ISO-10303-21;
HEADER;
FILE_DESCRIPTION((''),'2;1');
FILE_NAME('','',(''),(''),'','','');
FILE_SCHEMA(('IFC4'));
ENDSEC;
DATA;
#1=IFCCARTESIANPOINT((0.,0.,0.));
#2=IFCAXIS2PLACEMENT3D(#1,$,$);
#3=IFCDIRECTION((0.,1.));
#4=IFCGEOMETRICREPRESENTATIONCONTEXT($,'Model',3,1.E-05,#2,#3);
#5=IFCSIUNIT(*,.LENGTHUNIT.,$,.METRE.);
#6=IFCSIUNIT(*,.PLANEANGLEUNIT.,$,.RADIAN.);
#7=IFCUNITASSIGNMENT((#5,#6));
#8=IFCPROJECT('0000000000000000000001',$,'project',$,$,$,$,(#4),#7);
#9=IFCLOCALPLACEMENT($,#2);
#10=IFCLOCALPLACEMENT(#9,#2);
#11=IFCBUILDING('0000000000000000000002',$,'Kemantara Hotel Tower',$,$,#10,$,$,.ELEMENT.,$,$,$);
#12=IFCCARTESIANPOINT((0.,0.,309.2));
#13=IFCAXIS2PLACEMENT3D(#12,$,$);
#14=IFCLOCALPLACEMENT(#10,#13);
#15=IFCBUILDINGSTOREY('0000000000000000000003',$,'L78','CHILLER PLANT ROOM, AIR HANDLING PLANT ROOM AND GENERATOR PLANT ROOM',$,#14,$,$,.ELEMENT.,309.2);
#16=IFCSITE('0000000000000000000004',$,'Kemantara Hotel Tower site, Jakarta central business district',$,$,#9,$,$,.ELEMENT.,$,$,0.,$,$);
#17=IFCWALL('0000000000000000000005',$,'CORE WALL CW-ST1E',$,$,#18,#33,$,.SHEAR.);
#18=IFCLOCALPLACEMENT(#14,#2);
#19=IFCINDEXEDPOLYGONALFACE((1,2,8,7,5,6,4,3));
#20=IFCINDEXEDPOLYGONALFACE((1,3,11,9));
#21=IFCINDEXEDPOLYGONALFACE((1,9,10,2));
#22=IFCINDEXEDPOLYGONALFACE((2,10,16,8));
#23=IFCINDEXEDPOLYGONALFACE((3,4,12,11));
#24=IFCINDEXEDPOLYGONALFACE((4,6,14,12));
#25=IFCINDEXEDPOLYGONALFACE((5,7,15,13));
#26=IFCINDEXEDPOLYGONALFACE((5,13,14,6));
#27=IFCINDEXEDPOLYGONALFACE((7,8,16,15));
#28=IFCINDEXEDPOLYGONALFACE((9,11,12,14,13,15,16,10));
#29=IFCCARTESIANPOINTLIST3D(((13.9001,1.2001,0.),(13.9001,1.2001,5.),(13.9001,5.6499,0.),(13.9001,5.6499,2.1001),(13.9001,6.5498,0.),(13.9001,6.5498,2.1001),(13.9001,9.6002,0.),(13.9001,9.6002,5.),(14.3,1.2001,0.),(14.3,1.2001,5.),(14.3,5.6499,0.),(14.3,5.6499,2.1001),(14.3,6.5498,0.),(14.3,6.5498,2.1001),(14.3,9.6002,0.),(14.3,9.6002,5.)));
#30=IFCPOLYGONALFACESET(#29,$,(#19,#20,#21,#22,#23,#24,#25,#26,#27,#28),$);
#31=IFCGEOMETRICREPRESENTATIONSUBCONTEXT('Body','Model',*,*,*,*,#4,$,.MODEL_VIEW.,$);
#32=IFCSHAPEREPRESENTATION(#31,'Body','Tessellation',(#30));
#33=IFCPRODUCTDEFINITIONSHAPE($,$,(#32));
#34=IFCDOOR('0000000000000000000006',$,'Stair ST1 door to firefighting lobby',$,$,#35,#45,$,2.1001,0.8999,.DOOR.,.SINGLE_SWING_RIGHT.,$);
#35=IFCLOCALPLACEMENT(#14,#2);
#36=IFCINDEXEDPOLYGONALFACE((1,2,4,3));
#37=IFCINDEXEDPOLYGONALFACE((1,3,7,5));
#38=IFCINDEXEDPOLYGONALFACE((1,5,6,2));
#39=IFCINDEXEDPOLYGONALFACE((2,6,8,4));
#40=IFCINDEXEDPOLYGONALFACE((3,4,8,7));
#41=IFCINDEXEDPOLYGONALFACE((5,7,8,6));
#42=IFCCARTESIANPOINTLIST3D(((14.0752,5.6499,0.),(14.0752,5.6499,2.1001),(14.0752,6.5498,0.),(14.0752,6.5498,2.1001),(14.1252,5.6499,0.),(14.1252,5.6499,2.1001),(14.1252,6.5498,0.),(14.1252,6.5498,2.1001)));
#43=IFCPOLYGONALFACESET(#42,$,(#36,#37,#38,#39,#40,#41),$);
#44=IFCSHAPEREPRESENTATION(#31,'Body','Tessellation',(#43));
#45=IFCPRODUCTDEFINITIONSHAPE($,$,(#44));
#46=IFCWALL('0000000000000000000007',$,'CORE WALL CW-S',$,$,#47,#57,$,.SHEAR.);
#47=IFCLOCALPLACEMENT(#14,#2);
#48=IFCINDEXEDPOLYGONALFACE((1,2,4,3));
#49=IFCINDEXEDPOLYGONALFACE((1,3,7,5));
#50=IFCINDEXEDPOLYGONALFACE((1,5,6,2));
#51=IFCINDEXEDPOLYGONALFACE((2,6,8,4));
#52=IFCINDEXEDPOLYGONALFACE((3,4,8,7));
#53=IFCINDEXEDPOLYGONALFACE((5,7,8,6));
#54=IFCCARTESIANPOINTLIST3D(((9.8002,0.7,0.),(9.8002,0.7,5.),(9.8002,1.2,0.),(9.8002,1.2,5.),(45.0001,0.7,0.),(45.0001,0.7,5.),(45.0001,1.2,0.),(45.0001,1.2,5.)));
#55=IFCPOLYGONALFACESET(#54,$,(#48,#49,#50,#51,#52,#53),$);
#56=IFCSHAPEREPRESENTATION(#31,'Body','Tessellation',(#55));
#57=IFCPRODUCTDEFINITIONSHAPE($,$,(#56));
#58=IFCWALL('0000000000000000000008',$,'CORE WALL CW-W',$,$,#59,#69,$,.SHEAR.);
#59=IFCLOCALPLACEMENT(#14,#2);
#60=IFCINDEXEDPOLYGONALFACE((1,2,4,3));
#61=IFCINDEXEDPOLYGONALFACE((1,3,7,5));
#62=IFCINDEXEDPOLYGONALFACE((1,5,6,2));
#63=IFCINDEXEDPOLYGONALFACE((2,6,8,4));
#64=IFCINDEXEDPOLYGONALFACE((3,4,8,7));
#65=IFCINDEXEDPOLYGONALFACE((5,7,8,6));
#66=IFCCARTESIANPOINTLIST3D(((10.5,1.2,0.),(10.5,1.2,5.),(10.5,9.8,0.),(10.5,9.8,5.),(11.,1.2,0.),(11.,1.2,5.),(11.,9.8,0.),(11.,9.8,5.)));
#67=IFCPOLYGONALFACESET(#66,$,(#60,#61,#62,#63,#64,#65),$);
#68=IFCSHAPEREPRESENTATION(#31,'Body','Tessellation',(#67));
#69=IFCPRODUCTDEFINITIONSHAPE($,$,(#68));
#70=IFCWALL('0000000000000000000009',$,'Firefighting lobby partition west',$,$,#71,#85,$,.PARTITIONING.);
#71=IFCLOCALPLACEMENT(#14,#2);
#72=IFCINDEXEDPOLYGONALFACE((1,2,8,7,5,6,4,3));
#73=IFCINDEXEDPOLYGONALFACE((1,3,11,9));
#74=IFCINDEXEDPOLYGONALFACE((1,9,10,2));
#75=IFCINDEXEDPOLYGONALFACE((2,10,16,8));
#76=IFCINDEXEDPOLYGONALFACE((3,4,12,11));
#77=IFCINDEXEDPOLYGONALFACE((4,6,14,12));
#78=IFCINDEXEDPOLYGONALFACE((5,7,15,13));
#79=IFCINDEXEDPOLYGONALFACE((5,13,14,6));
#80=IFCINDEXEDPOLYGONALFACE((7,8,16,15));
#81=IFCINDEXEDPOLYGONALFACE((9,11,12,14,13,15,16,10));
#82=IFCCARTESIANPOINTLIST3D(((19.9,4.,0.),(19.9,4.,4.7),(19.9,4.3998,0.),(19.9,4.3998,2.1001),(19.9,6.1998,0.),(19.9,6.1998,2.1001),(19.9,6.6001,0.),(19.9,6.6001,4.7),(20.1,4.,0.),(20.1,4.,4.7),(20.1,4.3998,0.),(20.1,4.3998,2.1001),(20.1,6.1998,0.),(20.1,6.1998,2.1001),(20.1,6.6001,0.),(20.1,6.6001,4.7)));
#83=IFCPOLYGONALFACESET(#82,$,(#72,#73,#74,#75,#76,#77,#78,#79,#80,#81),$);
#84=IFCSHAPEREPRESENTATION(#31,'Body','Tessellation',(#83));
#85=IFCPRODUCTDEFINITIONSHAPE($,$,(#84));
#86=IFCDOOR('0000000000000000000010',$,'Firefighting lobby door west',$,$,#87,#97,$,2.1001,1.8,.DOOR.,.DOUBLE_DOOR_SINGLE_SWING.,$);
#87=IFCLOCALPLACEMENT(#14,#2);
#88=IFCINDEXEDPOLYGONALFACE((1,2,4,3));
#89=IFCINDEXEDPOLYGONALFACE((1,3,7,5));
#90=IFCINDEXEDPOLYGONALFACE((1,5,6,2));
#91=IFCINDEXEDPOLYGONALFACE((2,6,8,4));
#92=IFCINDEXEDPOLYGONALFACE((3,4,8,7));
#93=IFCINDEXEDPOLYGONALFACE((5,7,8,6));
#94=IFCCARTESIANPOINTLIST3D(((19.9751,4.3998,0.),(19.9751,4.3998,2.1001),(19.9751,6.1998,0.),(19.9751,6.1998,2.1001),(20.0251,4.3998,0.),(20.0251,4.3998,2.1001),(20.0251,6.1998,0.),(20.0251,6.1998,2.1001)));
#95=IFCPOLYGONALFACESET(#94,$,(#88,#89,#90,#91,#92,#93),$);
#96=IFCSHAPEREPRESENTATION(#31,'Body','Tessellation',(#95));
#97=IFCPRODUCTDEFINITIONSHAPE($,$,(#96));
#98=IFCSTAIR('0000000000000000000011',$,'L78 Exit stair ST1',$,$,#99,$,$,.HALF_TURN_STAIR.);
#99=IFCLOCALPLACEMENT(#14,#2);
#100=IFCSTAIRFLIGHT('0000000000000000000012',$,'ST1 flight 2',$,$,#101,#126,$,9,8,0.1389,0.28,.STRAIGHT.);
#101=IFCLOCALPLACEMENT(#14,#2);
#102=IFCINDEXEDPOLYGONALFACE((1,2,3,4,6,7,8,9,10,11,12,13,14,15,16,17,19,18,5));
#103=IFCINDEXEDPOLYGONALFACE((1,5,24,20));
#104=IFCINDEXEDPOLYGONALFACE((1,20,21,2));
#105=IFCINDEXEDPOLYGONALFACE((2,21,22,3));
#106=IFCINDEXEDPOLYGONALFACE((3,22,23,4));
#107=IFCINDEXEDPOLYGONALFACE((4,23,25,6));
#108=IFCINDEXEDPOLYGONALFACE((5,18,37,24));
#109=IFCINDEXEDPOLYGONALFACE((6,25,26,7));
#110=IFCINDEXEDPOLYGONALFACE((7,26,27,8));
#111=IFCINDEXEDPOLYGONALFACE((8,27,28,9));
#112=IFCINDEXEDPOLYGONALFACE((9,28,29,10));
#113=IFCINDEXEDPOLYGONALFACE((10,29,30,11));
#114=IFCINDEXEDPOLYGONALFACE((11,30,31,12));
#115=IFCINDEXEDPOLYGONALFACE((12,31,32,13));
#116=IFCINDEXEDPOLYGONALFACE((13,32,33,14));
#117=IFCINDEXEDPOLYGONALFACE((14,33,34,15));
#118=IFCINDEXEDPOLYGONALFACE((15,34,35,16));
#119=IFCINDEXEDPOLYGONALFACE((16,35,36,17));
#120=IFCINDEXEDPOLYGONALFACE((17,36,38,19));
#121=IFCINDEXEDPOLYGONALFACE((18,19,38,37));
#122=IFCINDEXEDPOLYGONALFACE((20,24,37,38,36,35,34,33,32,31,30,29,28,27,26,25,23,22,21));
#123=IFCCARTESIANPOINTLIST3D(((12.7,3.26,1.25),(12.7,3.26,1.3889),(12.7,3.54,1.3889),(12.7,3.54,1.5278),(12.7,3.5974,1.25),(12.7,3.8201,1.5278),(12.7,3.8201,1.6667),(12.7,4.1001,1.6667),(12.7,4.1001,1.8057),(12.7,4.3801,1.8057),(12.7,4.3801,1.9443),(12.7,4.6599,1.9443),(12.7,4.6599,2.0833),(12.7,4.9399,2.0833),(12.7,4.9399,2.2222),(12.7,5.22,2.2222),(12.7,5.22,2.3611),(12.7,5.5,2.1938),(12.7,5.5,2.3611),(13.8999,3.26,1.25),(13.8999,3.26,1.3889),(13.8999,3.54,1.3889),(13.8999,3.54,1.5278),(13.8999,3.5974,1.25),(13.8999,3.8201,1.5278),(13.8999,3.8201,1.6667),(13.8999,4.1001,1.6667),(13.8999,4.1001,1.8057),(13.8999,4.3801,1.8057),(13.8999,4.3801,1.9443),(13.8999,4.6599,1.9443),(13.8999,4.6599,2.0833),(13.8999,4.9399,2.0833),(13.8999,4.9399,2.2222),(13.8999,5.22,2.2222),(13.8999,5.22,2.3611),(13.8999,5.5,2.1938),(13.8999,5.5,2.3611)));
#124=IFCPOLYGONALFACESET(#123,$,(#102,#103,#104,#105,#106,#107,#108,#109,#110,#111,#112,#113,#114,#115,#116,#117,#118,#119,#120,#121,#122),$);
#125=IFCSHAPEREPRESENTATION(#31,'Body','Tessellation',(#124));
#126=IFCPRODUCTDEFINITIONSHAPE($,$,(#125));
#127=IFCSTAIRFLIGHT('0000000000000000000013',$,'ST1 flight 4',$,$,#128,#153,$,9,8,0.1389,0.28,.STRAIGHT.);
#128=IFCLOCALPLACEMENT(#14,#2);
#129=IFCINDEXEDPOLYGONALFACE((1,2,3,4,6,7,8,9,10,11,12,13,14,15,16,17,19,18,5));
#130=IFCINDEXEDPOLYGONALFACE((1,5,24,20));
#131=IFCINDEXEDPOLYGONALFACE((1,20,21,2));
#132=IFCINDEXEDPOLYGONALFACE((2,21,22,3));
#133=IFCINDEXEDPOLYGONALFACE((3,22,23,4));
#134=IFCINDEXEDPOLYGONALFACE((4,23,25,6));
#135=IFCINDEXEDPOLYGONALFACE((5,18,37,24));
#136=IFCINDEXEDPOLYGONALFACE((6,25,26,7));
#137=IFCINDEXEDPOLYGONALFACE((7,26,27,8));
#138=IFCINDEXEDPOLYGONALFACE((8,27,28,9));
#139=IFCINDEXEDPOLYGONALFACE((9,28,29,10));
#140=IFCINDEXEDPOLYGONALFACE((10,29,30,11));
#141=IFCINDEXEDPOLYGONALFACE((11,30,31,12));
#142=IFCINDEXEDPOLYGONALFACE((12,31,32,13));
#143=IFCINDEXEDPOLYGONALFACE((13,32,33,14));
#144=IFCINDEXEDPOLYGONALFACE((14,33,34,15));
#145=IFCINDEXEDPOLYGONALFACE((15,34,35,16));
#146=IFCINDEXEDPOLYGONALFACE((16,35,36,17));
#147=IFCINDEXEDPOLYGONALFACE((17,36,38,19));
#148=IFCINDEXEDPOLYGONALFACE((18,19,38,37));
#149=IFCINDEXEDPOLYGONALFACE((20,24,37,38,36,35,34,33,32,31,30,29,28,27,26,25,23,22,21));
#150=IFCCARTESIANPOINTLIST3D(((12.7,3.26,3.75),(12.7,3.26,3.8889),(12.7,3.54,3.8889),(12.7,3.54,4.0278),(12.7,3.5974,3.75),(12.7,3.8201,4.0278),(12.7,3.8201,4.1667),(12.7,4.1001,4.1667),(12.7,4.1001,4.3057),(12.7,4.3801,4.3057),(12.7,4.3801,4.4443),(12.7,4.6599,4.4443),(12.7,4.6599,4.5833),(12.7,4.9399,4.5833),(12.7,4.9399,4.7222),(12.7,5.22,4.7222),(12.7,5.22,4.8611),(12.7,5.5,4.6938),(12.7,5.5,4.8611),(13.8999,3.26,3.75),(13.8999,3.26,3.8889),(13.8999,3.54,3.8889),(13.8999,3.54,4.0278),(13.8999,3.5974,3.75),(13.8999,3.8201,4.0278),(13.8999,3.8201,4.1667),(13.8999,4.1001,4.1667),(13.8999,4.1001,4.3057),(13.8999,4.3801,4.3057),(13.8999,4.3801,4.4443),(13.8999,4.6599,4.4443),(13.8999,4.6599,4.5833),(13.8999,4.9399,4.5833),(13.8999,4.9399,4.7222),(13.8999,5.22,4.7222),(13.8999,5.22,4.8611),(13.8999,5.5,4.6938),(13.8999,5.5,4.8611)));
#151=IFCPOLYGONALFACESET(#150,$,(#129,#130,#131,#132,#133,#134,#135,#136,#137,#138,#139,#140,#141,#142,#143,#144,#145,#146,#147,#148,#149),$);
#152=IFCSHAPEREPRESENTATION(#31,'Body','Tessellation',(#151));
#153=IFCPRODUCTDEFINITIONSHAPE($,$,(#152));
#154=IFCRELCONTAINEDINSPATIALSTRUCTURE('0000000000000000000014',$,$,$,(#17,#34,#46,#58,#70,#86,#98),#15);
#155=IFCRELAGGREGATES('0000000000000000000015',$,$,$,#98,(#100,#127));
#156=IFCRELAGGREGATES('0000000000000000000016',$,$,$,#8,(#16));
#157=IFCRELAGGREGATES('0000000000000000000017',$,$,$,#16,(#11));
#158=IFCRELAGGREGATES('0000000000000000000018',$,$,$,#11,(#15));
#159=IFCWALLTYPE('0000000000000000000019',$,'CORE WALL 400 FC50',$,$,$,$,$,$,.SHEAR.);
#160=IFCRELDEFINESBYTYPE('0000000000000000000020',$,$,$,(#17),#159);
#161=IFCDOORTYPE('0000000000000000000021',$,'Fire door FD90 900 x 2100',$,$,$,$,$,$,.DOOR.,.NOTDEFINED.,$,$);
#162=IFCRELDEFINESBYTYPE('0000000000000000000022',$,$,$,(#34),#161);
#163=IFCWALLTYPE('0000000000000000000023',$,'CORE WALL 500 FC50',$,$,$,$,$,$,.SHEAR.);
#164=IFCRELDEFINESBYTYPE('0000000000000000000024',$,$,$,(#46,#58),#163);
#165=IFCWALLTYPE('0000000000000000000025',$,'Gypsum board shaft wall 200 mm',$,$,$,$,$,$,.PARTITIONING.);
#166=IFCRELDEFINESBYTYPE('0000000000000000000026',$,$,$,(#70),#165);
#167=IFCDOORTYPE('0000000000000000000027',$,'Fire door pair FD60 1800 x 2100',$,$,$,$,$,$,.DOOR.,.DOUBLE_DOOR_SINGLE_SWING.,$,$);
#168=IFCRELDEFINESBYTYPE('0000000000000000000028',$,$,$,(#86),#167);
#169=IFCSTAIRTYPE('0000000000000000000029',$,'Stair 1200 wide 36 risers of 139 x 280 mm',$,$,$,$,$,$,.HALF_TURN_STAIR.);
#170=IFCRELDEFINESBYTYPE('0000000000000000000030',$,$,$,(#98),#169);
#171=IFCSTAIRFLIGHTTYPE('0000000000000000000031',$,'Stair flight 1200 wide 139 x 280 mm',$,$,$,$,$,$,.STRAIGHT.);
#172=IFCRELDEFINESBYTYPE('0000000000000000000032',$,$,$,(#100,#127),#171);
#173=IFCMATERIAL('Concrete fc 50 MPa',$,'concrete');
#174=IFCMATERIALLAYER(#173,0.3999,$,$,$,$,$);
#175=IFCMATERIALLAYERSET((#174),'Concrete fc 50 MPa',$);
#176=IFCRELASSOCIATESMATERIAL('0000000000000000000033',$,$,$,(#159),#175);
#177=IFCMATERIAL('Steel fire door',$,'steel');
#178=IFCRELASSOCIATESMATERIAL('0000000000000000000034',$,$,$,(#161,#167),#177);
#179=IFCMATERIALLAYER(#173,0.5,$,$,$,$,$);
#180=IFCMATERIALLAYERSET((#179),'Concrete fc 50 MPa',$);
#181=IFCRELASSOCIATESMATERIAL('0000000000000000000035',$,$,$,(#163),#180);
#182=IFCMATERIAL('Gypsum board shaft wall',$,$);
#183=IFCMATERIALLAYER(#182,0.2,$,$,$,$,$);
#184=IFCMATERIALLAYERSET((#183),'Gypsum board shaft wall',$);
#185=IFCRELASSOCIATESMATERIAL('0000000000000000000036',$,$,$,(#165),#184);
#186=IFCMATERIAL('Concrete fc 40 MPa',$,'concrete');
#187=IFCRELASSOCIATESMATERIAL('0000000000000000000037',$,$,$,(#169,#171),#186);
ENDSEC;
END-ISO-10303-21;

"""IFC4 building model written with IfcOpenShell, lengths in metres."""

from ifc_helpers import new_model, si_unit, direction, frame, frame_2d, origin, place, context, subcontext, project, spatial, polyline, rectangle, outline, extrude, material, layer, layer_set, type_object, element, fill, aggregate, save


model = new_model("IFC4")

# Units and contexts
model_context = context("Model", 3, precision=1e-05, world=origin(), true_north=direction((0.0, 1.0)))
body_context = subcontext(model_context, "Body", "Model", "MODEL_VIEW")
ifc_project = project(units=[si_unit("LENGTHUNIT", "METRE"), si_unit("PLANEANGLEUNIT", "RADIAN")], contexts=[model_context])

# Site, building, storey
site_placement = place(None, origin())
site = spatial("IfcSite", under=ifc_project, at=site_placement, Name="Kemantara Hotel Tower site, Jakarta central business district", CompositionType="ELEMENT", RefElevation=0.0)
building_placement = place(site_placement, origin())
building = spatial("IfcBuilding", under=site, at=building_placement, Name="Kemantara Hotel Tower", CompositionType="ELEMENT")
storey_placement = place(building_placement, frame((0.0, 0.0, 309.2)))
storey = spatial("IfcBuildingStorey", under=building, at=storey_placement, Name="L78", Description="CHILLER PLANT ROOM, AIR HANDLING PLANT ROOM AND GENERATOR PLANT ROOM", CompositionType="ELEMENT", Elevation=309.2)

# Shared definitions
ifc_material_1 = material(Name="Concrete fc 50 MPa", Category="concrete")

# Shared definitions
ifc_layer_1 = layer(ifc_material_1, 0.3999)
ifc_layer_set_1 = layer_set([ifc_layer_1], Name="Concrete fc 50 MPa")
wall_type_1 = type_object("IfcWallType", Name="CORE WALL 400 FC50", PredefinedType="SHEAR", material=ifc_layer_set_1)
ifc_material_2 = material(Name="Steel fire door", Category="steel")

# Wall, opening, door
wall_1_placement = place(storey_placement, frame((14.1001, 1.2, 0.0), z_axis=(0.0, 0.0, 1.0), x_axis=(0.0, 1.0, 0.0)))
wall_1 = element("IfcWall", 1, at=wall_1_placement, inside=storey, type_object=wall_type_1, Name="CORE WALL CW-ST1E", PredefinedType="SHEAR", context=body_context, shape_type="SweptSolid", body=[
    extrude(rectangle(XDim=8.4001, YDim=0.3999, at=frame_2d((4.2002, 0.0))), origin(), (0.0, 0.0, 1.0), 5.0),
])
opening_1_placement = place(wall_1_placement, frame((4.45, 0.0, 0.0)))
opening_1 = element("IfcOpeningElement", 2, at=opening_1_placement, cuts=wall_1, PredefinedType="OPENING", context=body_context, shape_type="SweptSolid", body=[
    extrude(rectangle(XDim=0.8999, YDim=2.1001, at=frame_2d((0.45, 1.05))), frame((0.0, 0.21, 0.0), z_axis=(0.0, -1.0, 0.0), x_axis=(1.0, 0.0, 0.0)), (0.0, 0.0, 1.0), 0.4199),
])
door_type_1 = type_object("IfcDoorType", Name="Fire door FD90 900 x 2100", OperationType="NOTDEFINED", PredefinedType="DOOR", material=ifc_material_2)
door_1_placement = place(opening_1_placement, origin())
door_1 = element("IfcDoor", 3, at=door_1_placement, inside=storey, type_object=door_type_1, Name="Stair ST1 door to firefighting lobby", OperationType="SINGLE_SWING_RIGHT", OverallHeight=2.1001, OverallWidth=0.8999, PredefinedType="DOOR", context=body_context, shape_type="SweptSolid", body=[
    extrude(rectangle(XDim=0.8999, YDim=2.1001, at=frame_2d((0.45, 1.05))), frame((0.0, 0.0249, 0.0), z_axis=(0.0, -1.0, 0.0), x_axis=(1.0, 0.0, 0.0)), (0.0, 0.0, 1.0), 0.05),
])
fill(opening_1, door_1)

# Walls
ifc_layer_2 = layer(ifc_material_1, 0.5)
ifc_layer_set_2 = layer_set([ifc_layer_2], Name="Concrete fc 50 MPa")
wall_type_2 = type_object("IfcWallType", Name="CORE WALL 500 FC50", PredefinedType="SHEAR", material=ifc_layer_set_2)
wall_2_placement = place(storey_placement, frame((9.8, 0.95, 0.0), z_axis=(0.0, 0.0, 1.0), x_axis=(1.0, 0.0, 0.0)))
element("IfcWall", 4, at=wall_2_placement, inside=storey, type_object=wall_type_2, Name="CORE WALL CW-S", PredefinedType="SHEAR", context=body_context, shape_type="SweptSolid", body=[
    extrude(rectangle(XDim=35.2, YDim=0.5, at=frame_2d((17.6001, 0.0))), origin(), (0.0, 0.0, 1.0), 5.0),
])
wall_3_placement = place(storey_placement, frame((10.75, 1.2, 0.0), z_axis=(0.0, 0.0, 1.0), x_axis=(0.0, 1.0, 0.0)))
element("IfcWall", 5, at=wall_3_placement, inside=storey, type_object=wall_type_2, Name="CORE WALL CW-W", PredefinedType="SHEAR", context=body_context, shape_type="SweptSolid", body=[
    extrude(rectangle(XDim=8.6001, YDim=0.5, at=frame_2d((4.3, 0.0))), origin(), (0.0, 0.0, 1.0), 5.0),
])

# Wall, opening, door
ifc_material_3 = material(Name="Gypsum board shaft wall")
ifc_layer_3 = layer(ifc_material_3, 0.2)
ifc_layer_set_3 = layer_set([ifc_layer_3], Name="Gypsum board shaft wall")
wall_type_3 = type_object("IfcWallType", Name="Gypsum board shaft wall 200 mm", PredefinedType="PARTITIONING", material=ifc_layer_set_3)
wall_4_placement = place(storey_placement, frame((20.0, 4.0, 0.0), z_axis=(0.0, 0.0, 1.0), x_axis=(0.0, 1.0, 0.0)))
wall_4 = element("IfcWall", 6, at=wall_4_placement, inside=storey, type_object=wall_type_3, Name="Firefighting lobby partition west", PredefinedType="PARTITIONING", context=body_context, shape_type="SweptSolid", body=[
    extrude(rectangle(XDim=2.6001, YDim=0.2, at=frame_2d((1.3, 0.0))), origin(), (0.0, 0.0, 1.0), 4.7),
])
opening_2_placement = place(wall_4_placement, frame((0.3999, 0.0, 0.0)))
opening_2 = element("IfcOpeningElement", 7, at=opening_2_placement, cuts=wall_4, PredefinedType="OPENING", context=body_context, shape_type="SweptSolid", body=[
    extrude(rectangle(XDim=1.8, YDim=2.1001, at=frame_2d((0.8999, 1.05))), frame((0.0, 0.1099, 0.0), z_axis=(0.0, -1.0, 0.0), x_axis=(1.0, 0.0, 0.0)), (0.0, 0.0, 1.0), 0.22),
])
door_type_2 = type_object("IfcDoorType", Name="Fire door pair FD60 1800 x 2100", OperationType="DOUBLE_DOOR_SINGLE_SWING", PredefinedType="DOOR", material=ifc_material_2)
door_2_placement = place(opening_2_placement, origin())
door_2 = element("IfcDoor", 8, at=door_2_placement, inside=storey, type_object=door_type_2, Name="Firefighting lobby door west", OperationType="DOUBLE_DOOR_SINGLE_SWING", OverallHeight=2.1001, OverallWidth=1.8, PredefinedType="DOOR", context=body_context, shape_type="SweptSolid", body=[
    extrude(rectangle(XDim=1.8, YDim=2.1001, at=frame_2d((0.8999, 1.05))), frame((0.0, 0.0249, 0.0), z_axis=(0.0, -1.0, 0.0), x_axis=(1.0, 0.0, 0.0)), (0.0, 0.0, 1.0), 0.05),
])
fill(opening_2, door_2)

# Stair, stair flights
ifc_material_4 = material(Name="Concrete fc 40 MPa", Category="concrete")
stair_type = type_object("IfcStairType", Name="Stair 1200 wide 36 risers of 139 x 280 mm", PredefinedType="HALF_TURN_STAIR", material=ifc_material_4)
stair_placement = place(storey_placement, origin())
stair = element("IfcStair", 9, at=stair_placement, inside=storey, type_object=stair_type, Name="L78 Exit stair ST1", PredefinedType="HALF_TURN_STAIR")
stair_flight_type = type_object("IfcStairFlightType", Name="Stair flight 1200 wide 139 x 280 mm", PredefinedType="STRAIGHT", material=ifc_material_4)
stair_flight_1_placement = place(storey_placement, frame((13.3, 3.26, 1.25), z_axis=(0.0, 0.0, 1.0), x_axis=(0.0, 1.0, 0.0)))
stair_flight_1 = element("IfcStairFlight", 10, at=stair_flight_1_placement, type_object=stair_flight_type, Name="ST1 flight 2", NumberOfRisers=9, NumberOfTreads=8, PredefinedType="STRAIGHT", RiserHeight=0.1389, TreadLength=0.28, context=body_context, shape_type="SweptSolid", body=[
    extrude(outline(polyline([(0.0, 0.0), (0.0, 0.1389), (0.28, 0.1389), (0.28, 0.2778), (0.5601, 0.2778), (0.5601, 0.4167), (0.8401, 0.4167), (0.8401, 0.5557), (1.1201, 0.5557), (1.1201, 0.6943), (1.3999, 0.6943), (1.3999, 0.8333), (1.6799, 0.8333), (1.6799, 0.9722), (1.96, 0.9722), (1.96, 1.1111), (2.24, 1.1111), (2.24, 1.25), (2.24, 0.9438), (0.3374, 0.0), (0.0, 0.0)])), frame((0.0, 0.6001, 0.0), z_axis=(0.0, -1.0, 0.0), x_axis=(1.0, 0.0, 0.0)), (0.0, 0.0, 1.0), 1.2),
])
stair_flight_2_placement = place(storey_placement, frame((13.3, 3.26, 3.75), z_axis=(0.0, 0.0, 1.0), x_axis=(0.0, 1.0, 0.0)))
stair_flight_2 = element("IfcStairFlight", 11, at=stair_flight_2_placement, type_object=stair_flight_type, Name="ST1 flight 4", NumberOfRisers=9, NumberOfTreads=8, PredefinedType="STRAIGHT", RiserHeight=0.1389, TreadLength=0.28, context=body_context, shape_type="SweptSolid", body=[
    extrude(outline(polyline([(0.0, 0.0), (0.0, 0.1389), (0.28, 0.1389), (0.28, 0.2778), (0.5601, 0.2778), (0.5601, 0.4167), (0.8401, 0.4167), (0.8401, 0.5557), (1.1201, 0.5557), (1.1201, 0.6943), (1.3999, 0.6943), (1.3999, 0.8333), (1.6799, 0.8333), (1.6799, 0.9722), (1.96, 0.9722), (1.96, 1.1111), (2.24, 1.1111), (2.24, 1.25), (2.24, 0.9438), (0.3374, 0.0), (0.0, 0.0)])), frame((0.0, 0.6001, 0.0), z_axis=(0.0, -1.0, 0.0), x_axis=(1.0, 0.0, 0.0)), (0.0, 0.0, 1.0), 1.2),
])
aggregate(stair, [stair_flight_1, stair_flight_2])

save(model, "model.ifc")
